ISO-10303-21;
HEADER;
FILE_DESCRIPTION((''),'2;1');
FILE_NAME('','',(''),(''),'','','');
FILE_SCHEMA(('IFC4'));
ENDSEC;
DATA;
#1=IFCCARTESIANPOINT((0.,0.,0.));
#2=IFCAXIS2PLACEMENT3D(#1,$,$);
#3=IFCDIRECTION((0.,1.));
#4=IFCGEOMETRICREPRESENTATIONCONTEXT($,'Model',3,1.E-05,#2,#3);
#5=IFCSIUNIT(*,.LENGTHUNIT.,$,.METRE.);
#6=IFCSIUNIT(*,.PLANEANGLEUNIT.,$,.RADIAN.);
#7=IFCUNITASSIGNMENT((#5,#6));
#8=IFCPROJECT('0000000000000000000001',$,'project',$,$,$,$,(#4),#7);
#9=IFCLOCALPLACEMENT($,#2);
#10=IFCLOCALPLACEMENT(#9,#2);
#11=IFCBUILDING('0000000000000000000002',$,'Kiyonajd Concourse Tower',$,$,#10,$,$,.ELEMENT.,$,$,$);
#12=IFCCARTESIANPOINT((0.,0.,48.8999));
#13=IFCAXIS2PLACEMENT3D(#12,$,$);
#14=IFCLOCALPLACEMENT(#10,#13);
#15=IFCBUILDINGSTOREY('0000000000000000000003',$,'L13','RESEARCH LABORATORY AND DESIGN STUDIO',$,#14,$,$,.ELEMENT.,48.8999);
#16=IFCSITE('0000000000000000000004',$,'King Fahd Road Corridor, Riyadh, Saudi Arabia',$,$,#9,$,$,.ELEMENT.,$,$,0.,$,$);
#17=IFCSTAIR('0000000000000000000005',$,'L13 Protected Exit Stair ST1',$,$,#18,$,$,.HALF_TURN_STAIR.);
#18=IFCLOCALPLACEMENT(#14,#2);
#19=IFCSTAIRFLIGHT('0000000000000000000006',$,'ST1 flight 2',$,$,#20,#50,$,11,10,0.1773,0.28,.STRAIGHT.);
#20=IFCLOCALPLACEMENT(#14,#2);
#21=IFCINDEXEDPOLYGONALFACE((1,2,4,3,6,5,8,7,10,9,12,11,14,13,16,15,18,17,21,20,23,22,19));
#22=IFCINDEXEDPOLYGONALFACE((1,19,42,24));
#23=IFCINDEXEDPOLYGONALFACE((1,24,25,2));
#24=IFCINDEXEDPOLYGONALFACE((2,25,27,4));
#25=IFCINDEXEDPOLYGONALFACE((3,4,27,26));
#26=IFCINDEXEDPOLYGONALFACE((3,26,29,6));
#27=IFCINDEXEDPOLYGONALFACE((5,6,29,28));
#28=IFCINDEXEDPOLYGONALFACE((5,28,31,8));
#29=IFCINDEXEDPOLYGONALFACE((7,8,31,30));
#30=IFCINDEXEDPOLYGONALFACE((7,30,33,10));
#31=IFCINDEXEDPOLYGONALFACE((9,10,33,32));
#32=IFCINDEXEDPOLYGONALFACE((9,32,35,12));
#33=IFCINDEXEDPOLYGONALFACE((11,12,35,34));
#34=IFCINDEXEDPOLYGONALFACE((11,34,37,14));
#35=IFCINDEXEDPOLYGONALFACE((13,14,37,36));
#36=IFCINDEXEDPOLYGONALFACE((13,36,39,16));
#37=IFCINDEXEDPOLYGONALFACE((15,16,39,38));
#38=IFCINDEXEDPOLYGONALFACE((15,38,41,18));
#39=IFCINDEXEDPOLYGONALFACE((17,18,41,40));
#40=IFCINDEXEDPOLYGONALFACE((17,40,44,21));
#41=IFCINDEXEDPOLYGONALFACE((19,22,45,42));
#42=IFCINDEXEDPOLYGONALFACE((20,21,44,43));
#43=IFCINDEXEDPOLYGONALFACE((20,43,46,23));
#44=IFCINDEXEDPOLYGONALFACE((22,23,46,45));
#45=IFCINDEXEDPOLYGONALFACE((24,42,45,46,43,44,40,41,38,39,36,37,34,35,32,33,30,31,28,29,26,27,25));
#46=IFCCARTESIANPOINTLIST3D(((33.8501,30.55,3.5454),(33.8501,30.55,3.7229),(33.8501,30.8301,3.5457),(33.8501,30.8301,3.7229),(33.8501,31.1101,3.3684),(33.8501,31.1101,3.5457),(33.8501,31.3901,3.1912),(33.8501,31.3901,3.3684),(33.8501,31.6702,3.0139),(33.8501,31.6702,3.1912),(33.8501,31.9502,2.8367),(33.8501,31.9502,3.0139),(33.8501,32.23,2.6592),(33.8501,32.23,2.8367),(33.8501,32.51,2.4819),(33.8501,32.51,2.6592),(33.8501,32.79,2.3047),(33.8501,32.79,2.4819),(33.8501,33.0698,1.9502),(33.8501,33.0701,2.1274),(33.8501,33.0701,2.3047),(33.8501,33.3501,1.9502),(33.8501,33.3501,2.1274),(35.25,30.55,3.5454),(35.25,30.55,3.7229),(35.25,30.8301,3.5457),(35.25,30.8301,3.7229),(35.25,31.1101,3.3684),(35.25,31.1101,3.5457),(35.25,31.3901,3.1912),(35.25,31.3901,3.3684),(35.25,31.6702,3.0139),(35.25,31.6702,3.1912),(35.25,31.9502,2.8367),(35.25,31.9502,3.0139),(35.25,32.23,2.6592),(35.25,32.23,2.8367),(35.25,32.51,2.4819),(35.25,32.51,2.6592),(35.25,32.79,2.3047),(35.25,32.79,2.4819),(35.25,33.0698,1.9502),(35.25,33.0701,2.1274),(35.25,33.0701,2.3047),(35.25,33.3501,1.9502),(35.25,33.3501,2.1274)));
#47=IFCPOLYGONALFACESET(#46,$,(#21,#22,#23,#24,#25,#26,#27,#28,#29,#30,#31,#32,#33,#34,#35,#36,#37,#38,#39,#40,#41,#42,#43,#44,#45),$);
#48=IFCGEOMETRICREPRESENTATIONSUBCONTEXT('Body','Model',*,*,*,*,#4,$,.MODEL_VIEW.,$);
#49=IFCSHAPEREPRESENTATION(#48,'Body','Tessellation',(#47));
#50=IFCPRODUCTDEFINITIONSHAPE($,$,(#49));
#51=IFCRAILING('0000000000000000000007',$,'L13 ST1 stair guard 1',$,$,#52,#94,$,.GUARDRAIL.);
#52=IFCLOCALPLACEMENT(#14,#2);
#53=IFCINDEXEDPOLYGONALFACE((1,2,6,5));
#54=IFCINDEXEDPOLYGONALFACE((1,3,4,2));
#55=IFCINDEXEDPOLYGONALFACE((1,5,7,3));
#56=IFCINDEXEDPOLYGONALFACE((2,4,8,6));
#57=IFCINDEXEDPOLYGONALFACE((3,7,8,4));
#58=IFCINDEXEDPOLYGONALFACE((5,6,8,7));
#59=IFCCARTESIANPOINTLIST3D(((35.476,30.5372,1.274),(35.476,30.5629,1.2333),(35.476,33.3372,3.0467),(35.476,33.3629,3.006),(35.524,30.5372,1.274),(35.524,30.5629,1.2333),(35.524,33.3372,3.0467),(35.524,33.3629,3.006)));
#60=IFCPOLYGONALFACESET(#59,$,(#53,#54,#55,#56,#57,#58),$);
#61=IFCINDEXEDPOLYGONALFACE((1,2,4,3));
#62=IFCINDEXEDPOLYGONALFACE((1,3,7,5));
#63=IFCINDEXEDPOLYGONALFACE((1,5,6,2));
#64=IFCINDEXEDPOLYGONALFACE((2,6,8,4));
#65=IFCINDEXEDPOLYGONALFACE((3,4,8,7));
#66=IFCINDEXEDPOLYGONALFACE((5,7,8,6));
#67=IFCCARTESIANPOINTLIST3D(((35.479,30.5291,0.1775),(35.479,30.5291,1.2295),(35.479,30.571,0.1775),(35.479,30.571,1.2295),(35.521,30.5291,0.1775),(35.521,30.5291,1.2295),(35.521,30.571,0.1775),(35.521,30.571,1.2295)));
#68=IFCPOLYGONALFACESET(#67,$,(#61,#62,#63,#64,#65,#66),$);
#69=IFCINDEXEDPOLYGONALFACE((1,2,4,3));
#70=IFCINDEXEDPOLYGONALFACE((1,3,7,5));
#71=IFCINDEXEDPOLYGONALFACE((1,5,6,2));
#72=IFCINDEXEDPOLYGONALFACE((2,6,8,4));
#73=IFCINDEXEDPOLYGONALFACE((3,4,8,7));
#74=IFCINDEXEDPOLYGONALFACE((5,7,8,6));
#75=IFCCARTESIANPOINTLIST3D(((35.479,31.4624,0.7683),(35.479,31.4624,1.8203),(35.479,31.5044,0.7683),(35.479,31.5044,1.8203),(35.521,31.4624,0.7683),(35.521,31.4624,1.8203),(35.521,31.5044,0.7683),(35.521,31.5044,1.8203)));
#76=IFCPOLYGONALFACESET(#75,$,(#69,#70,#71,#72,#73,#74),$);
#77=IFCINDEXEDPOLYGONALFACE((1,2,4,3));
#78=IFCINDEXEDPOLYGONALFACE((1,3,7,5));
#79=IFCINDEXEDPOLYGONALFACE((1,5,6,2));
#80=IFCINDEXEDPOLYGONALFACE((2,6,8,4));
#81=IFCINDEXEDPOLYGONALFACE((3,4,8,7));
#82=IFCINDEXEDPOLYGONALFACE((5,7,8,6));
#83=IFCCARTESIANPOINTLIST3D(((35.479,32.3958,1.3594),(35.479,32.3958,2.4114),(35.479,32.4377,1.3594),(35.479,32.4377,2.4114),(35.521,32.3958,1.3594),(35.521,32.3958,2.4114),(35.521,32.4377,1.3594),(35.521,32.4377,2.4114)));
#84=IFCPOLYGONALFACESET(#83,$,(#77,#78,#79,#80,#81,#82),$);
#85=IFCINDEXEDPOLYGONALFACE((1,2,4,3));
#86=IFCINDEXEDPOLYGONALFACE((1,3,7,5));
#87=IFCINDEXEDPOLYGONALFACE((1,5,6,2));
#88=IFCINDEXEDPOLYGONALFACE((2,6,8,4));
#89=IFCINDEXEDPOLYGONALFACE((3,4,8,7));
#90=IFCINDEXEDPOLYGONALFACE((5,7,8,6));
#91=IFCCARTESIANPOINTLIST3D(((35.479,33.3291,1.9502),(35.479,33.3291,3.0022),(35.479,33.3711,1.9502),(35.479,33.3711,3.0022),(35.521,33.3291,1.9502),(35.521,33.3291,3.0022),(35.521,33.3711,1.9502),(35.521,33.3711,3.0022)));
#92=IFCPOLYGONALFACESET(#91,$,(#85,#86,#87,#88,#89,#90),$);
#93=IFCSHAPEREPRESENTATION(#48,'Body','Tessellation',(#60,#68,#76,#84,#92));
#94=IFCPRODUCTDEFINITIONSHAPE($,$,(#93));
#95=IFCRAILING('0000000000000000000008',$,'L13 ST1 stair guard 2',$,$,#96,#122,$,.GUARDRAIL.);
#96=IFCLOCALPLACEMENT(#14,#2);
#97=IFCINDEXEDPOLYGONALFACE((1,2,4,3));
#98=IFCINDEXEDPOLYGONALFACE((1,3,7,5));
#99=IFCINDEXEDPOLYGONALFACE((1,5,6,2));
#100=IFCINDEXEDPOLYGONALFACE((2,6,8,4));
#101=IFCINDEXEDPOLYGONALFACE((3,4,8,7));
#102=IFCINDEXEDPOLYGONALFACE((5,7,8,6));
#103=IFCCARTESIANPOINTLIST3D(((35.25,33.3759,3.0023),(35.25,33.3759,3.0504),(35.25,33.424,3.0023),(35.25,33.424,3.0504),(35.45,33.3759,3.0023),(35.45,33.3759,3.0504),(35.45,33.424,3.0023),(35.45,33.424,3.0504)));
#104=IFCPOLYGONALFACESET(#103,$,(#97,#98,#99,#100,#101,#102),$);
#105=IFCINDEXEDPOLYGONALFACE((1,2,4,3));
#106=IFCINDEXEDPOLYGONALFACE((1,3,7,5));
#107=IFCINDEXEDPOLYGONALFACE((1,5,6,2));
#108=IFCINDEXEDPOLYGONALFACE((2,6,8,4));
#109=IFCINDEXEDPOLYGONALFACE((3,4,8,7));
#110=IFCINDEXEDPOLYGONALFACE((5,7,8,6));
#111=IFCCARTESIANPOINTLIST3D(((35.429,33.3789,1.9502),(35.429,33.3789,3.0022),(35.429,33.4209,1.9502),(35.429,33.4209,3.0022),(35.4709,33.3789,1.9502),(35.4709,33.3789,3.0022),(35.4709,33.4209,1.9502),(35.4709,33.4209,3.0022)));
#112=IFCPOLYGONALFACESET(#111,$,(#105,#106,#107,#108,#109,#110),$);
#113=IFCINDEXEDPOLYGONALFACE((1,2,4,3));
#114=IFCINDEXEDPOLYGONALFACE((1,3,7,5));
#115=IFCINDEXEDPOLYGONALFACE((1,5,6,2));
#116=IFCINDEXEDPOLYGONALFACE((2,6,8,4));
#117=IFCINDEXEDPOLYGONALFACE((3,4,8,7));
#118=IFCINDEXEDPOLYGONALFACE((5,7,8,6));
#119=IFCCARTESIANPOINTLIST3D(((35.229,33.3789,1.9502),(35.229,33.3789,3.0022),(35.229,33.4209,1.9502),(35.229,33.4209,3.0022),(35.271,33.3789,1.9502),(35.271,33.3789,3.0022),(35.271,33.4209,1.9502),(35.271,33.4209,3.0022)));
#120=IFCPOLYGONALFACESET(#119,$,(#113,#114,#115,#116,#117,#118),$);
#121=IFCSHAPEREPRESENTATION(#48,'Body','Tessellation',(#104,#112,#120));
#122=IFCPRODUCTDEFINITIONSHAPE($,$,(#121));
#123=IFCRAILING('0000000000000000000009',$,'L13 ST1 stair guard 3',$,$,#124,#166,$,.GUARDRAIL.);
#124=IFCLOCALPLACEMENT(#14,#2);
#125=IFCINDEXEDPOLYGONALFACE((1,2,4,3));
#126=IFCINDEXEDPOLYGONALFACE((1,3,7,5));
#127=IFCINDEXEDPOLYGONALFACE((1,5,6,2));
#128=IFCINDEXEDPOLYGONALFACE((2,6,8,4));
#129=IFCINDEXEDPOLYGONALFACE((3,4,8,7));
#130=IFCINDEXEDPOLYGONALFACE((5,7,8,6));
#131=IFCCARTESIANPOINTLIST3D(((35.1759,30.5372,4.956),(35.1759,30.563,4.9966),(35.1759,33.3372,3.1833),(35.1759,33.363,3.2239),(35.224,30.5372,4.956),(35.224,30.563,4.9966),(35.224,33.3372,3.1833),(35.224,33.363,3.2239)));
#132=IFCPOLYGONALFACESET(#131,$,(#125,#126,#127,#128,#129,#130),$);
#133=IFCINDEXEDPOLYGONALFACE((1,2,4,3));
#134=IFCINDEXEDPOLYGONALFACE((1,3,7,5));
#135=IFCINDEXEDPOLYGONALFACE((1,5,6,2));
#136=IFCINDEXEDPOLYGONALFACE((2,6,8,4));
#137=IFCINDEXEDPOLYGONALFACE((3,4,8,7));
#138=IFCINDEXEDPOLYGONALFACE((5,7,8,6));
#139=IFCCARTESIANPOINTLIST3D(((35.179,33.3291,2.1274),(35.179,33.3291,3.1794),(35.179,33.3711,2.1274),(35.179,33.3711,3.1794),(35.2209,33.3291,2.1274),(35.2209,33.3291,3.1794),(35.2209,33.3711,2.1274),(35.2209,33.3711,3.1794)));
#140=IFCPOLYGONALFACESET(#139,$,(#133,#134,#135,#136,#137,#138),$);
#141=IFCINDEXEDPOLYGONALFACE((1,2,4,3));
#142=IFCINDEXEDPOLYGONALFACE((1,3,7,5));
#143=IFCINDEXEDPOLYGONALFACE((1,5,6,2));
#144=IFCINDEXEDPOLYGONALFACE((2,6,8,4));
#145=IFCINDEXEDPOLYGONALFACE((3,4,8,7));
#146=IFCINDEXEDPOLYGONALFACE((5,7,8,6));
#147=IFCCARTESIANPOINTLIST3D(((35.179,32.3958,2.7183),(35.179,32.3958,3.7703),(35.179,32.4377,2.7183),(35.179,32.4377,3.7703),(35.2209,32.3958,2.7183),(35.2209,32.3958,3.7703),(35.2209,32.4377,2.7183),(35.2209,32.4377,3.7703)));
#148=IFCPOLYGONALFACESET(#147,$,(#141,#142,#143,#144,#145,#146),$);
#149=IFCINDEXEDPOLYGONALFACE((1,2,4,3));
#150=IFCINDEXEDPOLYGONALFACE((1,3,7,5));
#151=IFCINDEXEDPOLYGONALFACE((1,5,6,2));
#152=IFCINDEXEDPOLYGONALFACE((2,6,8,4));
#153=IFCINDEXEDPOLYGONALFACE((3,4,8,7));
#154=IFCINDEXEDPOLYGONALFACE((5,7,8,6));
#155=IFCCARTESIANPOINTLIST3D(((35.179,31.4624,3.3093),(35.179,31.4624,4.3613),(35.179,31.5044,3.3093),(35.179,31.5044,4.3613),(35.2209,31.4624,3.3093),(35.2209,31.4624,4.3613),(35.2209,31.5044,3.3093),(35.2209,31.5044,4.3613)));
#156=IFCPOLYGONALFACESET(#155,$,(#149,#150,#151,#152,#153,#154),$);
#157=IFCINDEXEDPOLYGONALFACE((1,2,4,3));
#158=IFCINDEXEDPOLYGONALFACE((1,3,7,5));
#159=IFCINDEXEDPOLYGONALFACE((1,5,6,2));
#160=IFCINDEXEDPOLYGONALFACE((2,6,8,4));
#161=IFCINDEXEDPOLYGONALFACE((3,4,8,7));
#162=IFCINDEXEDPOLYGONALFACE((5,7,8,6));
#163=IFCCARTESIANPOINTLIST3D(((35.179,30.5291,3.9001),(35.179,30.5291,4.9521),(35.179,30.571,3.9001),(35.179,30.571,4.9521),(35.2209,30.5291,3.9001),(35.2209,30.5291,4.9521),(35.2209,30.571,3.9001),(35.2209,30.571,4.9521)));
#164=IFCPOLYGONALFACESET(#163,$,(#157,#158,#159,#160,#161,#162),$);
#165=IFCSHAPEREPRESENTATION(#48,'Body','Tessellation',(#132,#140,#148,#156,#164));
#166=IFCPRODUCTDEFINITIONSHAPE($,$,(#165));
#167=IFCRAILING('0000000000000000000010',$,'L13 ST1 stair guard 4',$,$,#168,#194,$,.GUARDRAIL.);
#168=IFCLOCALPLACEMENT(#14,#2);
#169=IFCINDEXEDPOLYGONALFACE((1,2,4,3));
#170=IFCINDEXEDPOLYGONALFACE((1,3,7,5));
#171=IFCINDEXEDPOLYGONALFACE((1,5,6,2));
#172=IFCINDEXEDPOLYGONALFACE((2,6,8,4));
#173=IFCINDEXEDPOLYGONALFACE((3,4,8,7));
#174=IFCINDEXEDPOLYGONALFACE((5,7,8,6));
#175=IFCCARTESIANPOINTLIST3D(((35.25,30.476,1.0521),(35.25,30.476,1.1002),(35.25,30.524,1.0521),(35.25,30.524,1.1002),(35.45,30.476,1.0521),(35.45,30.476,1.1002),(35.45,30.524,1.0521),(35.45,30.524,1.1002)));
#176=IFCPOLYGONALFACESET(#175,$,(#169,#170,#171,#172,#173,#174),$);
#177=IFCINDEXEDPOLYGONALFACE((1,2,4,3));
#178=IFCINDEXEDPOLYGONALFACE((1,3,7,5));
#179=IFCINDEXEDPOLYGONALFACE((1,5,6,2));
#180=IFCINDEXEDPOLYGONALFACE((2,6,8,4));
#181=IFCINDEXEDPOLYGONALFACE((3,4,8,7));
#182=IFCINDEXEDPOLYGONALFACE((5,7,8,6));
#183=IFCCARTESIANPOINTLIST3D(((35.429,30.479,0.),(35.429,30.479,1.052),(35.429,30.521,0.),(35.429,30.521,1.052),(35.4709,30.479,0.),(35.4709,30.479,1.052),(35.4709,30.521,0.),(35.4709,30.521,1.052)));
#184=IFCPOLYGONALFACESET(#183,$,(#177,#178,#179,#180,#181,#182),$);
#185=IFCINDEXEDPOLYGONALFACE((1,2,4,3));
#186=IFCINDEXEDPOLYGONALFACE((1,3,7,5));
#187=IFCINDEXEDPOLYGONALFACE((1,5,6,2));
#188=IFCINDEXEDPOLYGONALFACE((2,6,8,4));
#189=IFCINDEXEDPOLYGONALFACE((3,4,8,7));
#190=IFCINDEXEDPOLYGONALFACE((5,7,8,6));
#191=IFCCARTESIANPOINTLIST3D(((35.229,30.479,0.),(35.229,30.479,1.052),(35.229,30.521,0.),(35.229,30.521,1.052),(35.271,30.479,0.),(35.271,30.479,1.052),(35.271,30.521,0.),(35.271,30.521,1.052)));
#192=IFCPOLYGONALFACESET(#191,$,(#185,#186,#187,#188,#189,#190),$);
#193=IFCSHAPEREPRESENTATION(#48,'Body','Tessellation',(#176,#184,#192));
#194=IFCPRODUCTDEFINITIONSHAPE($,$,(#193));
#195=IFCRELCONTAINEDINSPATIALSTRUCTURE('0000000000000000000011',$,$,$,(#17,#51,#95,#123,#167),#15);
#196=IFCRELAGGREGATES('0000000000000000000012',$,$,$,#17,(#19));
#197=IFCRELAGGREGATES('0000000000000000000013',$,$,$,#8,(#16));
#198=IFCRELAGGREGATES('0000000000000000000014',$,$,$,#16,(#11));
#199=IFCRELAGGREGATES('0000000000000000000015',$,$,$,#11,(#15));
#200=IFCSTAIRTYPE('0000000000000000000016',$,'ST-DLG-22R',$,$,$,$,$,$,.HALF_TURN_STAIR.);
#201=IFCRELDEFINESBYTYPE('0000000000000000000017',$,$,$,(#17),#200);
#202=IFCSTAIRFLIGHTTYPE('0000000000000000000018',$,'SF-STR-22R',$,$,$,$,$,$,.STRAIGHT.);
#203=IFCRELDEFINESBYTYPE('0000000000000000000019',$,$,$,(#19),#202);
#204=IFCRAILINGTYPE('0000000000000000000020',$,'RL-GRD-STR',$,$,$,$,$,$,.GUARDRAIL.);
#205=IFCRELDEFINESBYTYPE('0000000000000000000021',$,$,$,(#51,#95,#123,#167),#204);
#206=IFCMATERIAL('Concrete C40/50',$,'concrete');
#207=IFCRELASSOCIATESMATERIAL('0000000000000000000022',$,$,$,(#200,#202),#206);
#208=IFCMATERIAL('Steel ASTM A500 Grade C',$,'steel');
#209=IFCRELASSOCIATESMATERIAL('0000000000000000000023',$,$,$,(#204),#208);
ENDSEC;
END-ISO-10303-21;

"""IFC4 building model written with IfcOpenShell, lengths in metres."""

from ifc_helpers import new_model, si_unit, direction, frame, origin, origin_2d, place, context, subcontext, project, spatial, polyline, rectangle, outline, extrude, material, type_object, element, aggregate, save


model = new_model("IFC4")

# Units and contexts
model_context = context("Model", 3, precision=1e-05, world=origin(), true_north=direction((0.0, 1.0)))
body_context = subcontext(model_context, "Body", "Model", "MODEL_VIEW")
ifc_project = project(units=[si_unit("LENGTHUNIT", "METRE"), si_unit("PLANEANGLEUNIT", "RADIAN")], contexts=[model_context])

# Site, building, storey
site_placement = place(None, origin())
site = spatial("IfcSite", under=ifc_project, at=site_placement, Name="King Fahd Road Corridor, Riyadh, Saudi Arabia", CompositionType="ELEMENT", RefElevation=0.0)
building_placement = place(site_placement, origin())
building = spatial("IfcBuilding", under=site, at=building_placement, Name="Kiyonajd Concourse Tower", CompositionType="ELEMENT")
storey_placement = place(building_placement, frame((0.0, 0.0, 48.8999)))
storey = spatial("IfcBuildingStorey", under=building, at=storey_placement, Name="L13", Description="RESEARCH LABORATORY AND DESIGN STUDIO", CompositionType="ELEMENT", Elevation=48.8999)

# Stair, stair flight
ifc_material_1 = material(Name="Concrete C40/50", Category="concrete")
stair_type = type_object("IfcStairType", Name="ST-DLG-22R", PredefinedType="HALF_TURN_STAIR", material=ifc_material_1)
stair_placement = place(storey_placement, origin())
stair = element("IfcStair", 1, at=stair_placement, inside=storey, type_object=stair_type, Name="L13 Protected Exit Stair ST1", PredefinedType="HALF_TURN_STAIR")
stair_flight_type = type_object("IfcStairFlightType", Name="SF-STR-22R", PredefinedType="STRAIGHT", material=ifc_material_1)
stair_flight_1_placement = place(storey_placement, frame((34.55, 33.3501, 1.9502), z_axis=(0.0, 0.0, 1.0), x_axis=(0.0, -1.0, 0.0)))
stair_flight_1 = element("IfcStairFlight", 2, at=stair_flight_1_placement, type_object=stair_flight_type, Name="ST1 flight 2", NumberOfRisers=11, NumberOfTreads=10, PredefinedType="STRAIGHT", RiserHeight=0.1773, TreadLength=0.28, context=body_context, shape_type="SweptSolid", body=[
    extrude(outline(polyline([(0.0, 0.0), (0.0, 0.1772), (0.28, 0.1772), (0.28, 0.3545), (0.5601, 0.3545), (0.5601, 0.5317), (0.8401, 0.5317), (0.8401, 0.709), (1.1201, 0.709), (1.1201, 0.8865), (1.3999, 0.8865), (1.3999, 1.0637), (1.6799, 1.0637), (1.6799, 1.241), (1.96, 1.241), (1.96, 1.4182), (2.24, 1.4182), (2.24, 1.5955), (2.52, 1.5955), (2.52, 1.7727), (2.8, 1.7727), (2.8, 1.95), (2.8, 1.5952), (0.2803, 0.0), (0.0, 0.0)])), frame((0.0, 0.7, 0.0), z_axis=(0.0, -1.0, 0.0), x_axis=(1.0, 0.0, 0.0)), (0.0, 0.0, 1.0), 1.3999),
])
aggregate(stair, [stair_flight_1])

# Railings
ifc_material_2 = material(Name="Steel ASTM A500 Grade C", Category="steel")
railing_type_1 = type_object("IfcRailingType", Name="RL-GRD-STR", PredefinedType="GUARDRAIL", material=ifc_material_2)
railing_1_placement = place(storey_placement, frame((35.5, 30.55, 0.1775)))
element("IfcRailing", 3, at=railing_1_placement, inside=storey, type_object=railing_type_1, Name="L13 ST1 stair guard 1", PredefinedType="GUARDRAIL", context=body_context, shape_type="SweptSolid", body=[
    extrude(rectangle(XDim=0.0481, YDim=0.0481, at=origin_2d()), frame((0.0, 0.0, 1.0762), z_axis=(0.0, 0.844909, 0.53491), x_axis=(-1.0, 0.0, 0.0)), (0.0, 0.0, 1.0), 3.314),
    extrude(rectangle(XDim=0.042, YDim=0.042, at=origin_2d()), origin(), (0.0, 0.0, 1.0), 1.052),
    extrude(rectangle(XDim=0.042, YDim=0.042, at=origin_2d()), frame((0.0, 0.9333, 0.5908)), (0.0, 0.0, 1.0), 1.052),
    extrude(rectangle(XDim=0.042, YDim=0.042, at=origin_2d()), frame((0.0, 1.8667, 1.1819)), (0.0, 0.0, 1.0), 1.052),
    extrude(rectangle(XDim=0.042, YDim=0.042, at=origin_2d()), frame((0.0, 2.8, 1.7727)), (0.0, 0.0, 1.0), 1.052),
])
railing_2_placement = place(storey_placement, frame((35.45, 33.3999, 1.9502)))
element("IfcRailing", 4, at=railing_2_placement, inside=storey, type_object=railing_type_1, Name="L13 ST1 stair guard 2", PredefinedType="GUARDRAIL", context=body_context, shape_type="SweptSolid", body=[
    extrude(rectangle(XDim=0.0481, YDim=0.0481, at=origin_2d()), frame((0.0, 0.0, 1.0762), z_axis=(-1.0, 0.0, 0.0), x_axis=(0.0, -1.0, 0.0)), (0.0, 0.0, 1.0), 0.2),
    extrude(rectangle(XDim=0.042, YDim=0.042, at=origin_2d()), origin(), (0.0, 0.0, 1.0), 1.052),
    extrude(rectangle(XDim=0.042, YDim=0.042, at=origin_2d()), frame((-0.2, 0.0, 0.0)), (0.0, 0.0, 1.0), 1.052),
])
railing_3_placement = place(storey_placement, frame((35.2, 33.3501, 2.1274)))
element("IfcRailing", 5, at=railing_3_placement, inside=storey, type_object=railing_type_1, Name="L13 ST1 stair guard 3", PredefinedType="GUARDRAIL", context=body_context, shape_type="SweptSolid", body=[
    extrude(rectangle(XDim=0.0481, YDim=0.0481, at=origin_2d()), frame((0.0, 0.0, 1.0762), z_axis=(0.0, -0.844909, 0.53491), x_axis=(1.0, 0.0, 0.0)), (0.0, 0.0, 1.0), 3.314),
    extrude(rectangle(XDim=0.042, YDim=0.042, at=origin_2d()), origin(), (0.0, 0.0, 1.0), 1.052),
    extrude(rectangle(XDim=0.042, YDim=0.042, at=origin_2d()), frame((0.0, -0.9333, 0.5908)), (0.0, 0.0, 1.0), 1.052),
    extrude(rectangle(XDim=0.042, YDim=0.042, at=origin_2d()), frame((0.0, -1.8667, 1.1819)), (0.0, 0.0, 1.0), 1.052),
    extrude(rectangle(XDim=0.042, YDim=0.042, at=origin_2d()), frame((0.0, -2.8, 1.7727)), (0.0, 0.0, 1.0), 1.052),
])
railing_4_placement = place(storey_placement, frame((35.45, 30.5, 0.0)))
element("IfcRailing", 6, at=railing_4_placement, inside=storey, type_object=railing_type_1, Name="L13 ST1 stair guard 4", PredefinedType="GUARDRAIL", context=body_context, shape_type="SweptSolid", body=[
    extrude(rectangle(XDim=0.0481, YDim=0.0481, at=origin_2d()), frame((0.0, 0.0, 1.0762), z_axis=(-1.0, 0.0, 0.0), x_axis=(0.0, -1.0, 0.0)), (0.0, 0.0, 1.0), 0.2),
    extrude(rectangle(XDim=0.042, YDim=0.042, at=origin_2d()), origin(), (0.0, 0.0, 1.0), 1.052),
    extrude(rectangle(XDim=0.042, YDim=0.042, at=origin_2d()), frame((-0.2, 0.0, 0.0)), (0.0, 0.0, 1.0), 1.052),
])

save(model, "model.ifc")
